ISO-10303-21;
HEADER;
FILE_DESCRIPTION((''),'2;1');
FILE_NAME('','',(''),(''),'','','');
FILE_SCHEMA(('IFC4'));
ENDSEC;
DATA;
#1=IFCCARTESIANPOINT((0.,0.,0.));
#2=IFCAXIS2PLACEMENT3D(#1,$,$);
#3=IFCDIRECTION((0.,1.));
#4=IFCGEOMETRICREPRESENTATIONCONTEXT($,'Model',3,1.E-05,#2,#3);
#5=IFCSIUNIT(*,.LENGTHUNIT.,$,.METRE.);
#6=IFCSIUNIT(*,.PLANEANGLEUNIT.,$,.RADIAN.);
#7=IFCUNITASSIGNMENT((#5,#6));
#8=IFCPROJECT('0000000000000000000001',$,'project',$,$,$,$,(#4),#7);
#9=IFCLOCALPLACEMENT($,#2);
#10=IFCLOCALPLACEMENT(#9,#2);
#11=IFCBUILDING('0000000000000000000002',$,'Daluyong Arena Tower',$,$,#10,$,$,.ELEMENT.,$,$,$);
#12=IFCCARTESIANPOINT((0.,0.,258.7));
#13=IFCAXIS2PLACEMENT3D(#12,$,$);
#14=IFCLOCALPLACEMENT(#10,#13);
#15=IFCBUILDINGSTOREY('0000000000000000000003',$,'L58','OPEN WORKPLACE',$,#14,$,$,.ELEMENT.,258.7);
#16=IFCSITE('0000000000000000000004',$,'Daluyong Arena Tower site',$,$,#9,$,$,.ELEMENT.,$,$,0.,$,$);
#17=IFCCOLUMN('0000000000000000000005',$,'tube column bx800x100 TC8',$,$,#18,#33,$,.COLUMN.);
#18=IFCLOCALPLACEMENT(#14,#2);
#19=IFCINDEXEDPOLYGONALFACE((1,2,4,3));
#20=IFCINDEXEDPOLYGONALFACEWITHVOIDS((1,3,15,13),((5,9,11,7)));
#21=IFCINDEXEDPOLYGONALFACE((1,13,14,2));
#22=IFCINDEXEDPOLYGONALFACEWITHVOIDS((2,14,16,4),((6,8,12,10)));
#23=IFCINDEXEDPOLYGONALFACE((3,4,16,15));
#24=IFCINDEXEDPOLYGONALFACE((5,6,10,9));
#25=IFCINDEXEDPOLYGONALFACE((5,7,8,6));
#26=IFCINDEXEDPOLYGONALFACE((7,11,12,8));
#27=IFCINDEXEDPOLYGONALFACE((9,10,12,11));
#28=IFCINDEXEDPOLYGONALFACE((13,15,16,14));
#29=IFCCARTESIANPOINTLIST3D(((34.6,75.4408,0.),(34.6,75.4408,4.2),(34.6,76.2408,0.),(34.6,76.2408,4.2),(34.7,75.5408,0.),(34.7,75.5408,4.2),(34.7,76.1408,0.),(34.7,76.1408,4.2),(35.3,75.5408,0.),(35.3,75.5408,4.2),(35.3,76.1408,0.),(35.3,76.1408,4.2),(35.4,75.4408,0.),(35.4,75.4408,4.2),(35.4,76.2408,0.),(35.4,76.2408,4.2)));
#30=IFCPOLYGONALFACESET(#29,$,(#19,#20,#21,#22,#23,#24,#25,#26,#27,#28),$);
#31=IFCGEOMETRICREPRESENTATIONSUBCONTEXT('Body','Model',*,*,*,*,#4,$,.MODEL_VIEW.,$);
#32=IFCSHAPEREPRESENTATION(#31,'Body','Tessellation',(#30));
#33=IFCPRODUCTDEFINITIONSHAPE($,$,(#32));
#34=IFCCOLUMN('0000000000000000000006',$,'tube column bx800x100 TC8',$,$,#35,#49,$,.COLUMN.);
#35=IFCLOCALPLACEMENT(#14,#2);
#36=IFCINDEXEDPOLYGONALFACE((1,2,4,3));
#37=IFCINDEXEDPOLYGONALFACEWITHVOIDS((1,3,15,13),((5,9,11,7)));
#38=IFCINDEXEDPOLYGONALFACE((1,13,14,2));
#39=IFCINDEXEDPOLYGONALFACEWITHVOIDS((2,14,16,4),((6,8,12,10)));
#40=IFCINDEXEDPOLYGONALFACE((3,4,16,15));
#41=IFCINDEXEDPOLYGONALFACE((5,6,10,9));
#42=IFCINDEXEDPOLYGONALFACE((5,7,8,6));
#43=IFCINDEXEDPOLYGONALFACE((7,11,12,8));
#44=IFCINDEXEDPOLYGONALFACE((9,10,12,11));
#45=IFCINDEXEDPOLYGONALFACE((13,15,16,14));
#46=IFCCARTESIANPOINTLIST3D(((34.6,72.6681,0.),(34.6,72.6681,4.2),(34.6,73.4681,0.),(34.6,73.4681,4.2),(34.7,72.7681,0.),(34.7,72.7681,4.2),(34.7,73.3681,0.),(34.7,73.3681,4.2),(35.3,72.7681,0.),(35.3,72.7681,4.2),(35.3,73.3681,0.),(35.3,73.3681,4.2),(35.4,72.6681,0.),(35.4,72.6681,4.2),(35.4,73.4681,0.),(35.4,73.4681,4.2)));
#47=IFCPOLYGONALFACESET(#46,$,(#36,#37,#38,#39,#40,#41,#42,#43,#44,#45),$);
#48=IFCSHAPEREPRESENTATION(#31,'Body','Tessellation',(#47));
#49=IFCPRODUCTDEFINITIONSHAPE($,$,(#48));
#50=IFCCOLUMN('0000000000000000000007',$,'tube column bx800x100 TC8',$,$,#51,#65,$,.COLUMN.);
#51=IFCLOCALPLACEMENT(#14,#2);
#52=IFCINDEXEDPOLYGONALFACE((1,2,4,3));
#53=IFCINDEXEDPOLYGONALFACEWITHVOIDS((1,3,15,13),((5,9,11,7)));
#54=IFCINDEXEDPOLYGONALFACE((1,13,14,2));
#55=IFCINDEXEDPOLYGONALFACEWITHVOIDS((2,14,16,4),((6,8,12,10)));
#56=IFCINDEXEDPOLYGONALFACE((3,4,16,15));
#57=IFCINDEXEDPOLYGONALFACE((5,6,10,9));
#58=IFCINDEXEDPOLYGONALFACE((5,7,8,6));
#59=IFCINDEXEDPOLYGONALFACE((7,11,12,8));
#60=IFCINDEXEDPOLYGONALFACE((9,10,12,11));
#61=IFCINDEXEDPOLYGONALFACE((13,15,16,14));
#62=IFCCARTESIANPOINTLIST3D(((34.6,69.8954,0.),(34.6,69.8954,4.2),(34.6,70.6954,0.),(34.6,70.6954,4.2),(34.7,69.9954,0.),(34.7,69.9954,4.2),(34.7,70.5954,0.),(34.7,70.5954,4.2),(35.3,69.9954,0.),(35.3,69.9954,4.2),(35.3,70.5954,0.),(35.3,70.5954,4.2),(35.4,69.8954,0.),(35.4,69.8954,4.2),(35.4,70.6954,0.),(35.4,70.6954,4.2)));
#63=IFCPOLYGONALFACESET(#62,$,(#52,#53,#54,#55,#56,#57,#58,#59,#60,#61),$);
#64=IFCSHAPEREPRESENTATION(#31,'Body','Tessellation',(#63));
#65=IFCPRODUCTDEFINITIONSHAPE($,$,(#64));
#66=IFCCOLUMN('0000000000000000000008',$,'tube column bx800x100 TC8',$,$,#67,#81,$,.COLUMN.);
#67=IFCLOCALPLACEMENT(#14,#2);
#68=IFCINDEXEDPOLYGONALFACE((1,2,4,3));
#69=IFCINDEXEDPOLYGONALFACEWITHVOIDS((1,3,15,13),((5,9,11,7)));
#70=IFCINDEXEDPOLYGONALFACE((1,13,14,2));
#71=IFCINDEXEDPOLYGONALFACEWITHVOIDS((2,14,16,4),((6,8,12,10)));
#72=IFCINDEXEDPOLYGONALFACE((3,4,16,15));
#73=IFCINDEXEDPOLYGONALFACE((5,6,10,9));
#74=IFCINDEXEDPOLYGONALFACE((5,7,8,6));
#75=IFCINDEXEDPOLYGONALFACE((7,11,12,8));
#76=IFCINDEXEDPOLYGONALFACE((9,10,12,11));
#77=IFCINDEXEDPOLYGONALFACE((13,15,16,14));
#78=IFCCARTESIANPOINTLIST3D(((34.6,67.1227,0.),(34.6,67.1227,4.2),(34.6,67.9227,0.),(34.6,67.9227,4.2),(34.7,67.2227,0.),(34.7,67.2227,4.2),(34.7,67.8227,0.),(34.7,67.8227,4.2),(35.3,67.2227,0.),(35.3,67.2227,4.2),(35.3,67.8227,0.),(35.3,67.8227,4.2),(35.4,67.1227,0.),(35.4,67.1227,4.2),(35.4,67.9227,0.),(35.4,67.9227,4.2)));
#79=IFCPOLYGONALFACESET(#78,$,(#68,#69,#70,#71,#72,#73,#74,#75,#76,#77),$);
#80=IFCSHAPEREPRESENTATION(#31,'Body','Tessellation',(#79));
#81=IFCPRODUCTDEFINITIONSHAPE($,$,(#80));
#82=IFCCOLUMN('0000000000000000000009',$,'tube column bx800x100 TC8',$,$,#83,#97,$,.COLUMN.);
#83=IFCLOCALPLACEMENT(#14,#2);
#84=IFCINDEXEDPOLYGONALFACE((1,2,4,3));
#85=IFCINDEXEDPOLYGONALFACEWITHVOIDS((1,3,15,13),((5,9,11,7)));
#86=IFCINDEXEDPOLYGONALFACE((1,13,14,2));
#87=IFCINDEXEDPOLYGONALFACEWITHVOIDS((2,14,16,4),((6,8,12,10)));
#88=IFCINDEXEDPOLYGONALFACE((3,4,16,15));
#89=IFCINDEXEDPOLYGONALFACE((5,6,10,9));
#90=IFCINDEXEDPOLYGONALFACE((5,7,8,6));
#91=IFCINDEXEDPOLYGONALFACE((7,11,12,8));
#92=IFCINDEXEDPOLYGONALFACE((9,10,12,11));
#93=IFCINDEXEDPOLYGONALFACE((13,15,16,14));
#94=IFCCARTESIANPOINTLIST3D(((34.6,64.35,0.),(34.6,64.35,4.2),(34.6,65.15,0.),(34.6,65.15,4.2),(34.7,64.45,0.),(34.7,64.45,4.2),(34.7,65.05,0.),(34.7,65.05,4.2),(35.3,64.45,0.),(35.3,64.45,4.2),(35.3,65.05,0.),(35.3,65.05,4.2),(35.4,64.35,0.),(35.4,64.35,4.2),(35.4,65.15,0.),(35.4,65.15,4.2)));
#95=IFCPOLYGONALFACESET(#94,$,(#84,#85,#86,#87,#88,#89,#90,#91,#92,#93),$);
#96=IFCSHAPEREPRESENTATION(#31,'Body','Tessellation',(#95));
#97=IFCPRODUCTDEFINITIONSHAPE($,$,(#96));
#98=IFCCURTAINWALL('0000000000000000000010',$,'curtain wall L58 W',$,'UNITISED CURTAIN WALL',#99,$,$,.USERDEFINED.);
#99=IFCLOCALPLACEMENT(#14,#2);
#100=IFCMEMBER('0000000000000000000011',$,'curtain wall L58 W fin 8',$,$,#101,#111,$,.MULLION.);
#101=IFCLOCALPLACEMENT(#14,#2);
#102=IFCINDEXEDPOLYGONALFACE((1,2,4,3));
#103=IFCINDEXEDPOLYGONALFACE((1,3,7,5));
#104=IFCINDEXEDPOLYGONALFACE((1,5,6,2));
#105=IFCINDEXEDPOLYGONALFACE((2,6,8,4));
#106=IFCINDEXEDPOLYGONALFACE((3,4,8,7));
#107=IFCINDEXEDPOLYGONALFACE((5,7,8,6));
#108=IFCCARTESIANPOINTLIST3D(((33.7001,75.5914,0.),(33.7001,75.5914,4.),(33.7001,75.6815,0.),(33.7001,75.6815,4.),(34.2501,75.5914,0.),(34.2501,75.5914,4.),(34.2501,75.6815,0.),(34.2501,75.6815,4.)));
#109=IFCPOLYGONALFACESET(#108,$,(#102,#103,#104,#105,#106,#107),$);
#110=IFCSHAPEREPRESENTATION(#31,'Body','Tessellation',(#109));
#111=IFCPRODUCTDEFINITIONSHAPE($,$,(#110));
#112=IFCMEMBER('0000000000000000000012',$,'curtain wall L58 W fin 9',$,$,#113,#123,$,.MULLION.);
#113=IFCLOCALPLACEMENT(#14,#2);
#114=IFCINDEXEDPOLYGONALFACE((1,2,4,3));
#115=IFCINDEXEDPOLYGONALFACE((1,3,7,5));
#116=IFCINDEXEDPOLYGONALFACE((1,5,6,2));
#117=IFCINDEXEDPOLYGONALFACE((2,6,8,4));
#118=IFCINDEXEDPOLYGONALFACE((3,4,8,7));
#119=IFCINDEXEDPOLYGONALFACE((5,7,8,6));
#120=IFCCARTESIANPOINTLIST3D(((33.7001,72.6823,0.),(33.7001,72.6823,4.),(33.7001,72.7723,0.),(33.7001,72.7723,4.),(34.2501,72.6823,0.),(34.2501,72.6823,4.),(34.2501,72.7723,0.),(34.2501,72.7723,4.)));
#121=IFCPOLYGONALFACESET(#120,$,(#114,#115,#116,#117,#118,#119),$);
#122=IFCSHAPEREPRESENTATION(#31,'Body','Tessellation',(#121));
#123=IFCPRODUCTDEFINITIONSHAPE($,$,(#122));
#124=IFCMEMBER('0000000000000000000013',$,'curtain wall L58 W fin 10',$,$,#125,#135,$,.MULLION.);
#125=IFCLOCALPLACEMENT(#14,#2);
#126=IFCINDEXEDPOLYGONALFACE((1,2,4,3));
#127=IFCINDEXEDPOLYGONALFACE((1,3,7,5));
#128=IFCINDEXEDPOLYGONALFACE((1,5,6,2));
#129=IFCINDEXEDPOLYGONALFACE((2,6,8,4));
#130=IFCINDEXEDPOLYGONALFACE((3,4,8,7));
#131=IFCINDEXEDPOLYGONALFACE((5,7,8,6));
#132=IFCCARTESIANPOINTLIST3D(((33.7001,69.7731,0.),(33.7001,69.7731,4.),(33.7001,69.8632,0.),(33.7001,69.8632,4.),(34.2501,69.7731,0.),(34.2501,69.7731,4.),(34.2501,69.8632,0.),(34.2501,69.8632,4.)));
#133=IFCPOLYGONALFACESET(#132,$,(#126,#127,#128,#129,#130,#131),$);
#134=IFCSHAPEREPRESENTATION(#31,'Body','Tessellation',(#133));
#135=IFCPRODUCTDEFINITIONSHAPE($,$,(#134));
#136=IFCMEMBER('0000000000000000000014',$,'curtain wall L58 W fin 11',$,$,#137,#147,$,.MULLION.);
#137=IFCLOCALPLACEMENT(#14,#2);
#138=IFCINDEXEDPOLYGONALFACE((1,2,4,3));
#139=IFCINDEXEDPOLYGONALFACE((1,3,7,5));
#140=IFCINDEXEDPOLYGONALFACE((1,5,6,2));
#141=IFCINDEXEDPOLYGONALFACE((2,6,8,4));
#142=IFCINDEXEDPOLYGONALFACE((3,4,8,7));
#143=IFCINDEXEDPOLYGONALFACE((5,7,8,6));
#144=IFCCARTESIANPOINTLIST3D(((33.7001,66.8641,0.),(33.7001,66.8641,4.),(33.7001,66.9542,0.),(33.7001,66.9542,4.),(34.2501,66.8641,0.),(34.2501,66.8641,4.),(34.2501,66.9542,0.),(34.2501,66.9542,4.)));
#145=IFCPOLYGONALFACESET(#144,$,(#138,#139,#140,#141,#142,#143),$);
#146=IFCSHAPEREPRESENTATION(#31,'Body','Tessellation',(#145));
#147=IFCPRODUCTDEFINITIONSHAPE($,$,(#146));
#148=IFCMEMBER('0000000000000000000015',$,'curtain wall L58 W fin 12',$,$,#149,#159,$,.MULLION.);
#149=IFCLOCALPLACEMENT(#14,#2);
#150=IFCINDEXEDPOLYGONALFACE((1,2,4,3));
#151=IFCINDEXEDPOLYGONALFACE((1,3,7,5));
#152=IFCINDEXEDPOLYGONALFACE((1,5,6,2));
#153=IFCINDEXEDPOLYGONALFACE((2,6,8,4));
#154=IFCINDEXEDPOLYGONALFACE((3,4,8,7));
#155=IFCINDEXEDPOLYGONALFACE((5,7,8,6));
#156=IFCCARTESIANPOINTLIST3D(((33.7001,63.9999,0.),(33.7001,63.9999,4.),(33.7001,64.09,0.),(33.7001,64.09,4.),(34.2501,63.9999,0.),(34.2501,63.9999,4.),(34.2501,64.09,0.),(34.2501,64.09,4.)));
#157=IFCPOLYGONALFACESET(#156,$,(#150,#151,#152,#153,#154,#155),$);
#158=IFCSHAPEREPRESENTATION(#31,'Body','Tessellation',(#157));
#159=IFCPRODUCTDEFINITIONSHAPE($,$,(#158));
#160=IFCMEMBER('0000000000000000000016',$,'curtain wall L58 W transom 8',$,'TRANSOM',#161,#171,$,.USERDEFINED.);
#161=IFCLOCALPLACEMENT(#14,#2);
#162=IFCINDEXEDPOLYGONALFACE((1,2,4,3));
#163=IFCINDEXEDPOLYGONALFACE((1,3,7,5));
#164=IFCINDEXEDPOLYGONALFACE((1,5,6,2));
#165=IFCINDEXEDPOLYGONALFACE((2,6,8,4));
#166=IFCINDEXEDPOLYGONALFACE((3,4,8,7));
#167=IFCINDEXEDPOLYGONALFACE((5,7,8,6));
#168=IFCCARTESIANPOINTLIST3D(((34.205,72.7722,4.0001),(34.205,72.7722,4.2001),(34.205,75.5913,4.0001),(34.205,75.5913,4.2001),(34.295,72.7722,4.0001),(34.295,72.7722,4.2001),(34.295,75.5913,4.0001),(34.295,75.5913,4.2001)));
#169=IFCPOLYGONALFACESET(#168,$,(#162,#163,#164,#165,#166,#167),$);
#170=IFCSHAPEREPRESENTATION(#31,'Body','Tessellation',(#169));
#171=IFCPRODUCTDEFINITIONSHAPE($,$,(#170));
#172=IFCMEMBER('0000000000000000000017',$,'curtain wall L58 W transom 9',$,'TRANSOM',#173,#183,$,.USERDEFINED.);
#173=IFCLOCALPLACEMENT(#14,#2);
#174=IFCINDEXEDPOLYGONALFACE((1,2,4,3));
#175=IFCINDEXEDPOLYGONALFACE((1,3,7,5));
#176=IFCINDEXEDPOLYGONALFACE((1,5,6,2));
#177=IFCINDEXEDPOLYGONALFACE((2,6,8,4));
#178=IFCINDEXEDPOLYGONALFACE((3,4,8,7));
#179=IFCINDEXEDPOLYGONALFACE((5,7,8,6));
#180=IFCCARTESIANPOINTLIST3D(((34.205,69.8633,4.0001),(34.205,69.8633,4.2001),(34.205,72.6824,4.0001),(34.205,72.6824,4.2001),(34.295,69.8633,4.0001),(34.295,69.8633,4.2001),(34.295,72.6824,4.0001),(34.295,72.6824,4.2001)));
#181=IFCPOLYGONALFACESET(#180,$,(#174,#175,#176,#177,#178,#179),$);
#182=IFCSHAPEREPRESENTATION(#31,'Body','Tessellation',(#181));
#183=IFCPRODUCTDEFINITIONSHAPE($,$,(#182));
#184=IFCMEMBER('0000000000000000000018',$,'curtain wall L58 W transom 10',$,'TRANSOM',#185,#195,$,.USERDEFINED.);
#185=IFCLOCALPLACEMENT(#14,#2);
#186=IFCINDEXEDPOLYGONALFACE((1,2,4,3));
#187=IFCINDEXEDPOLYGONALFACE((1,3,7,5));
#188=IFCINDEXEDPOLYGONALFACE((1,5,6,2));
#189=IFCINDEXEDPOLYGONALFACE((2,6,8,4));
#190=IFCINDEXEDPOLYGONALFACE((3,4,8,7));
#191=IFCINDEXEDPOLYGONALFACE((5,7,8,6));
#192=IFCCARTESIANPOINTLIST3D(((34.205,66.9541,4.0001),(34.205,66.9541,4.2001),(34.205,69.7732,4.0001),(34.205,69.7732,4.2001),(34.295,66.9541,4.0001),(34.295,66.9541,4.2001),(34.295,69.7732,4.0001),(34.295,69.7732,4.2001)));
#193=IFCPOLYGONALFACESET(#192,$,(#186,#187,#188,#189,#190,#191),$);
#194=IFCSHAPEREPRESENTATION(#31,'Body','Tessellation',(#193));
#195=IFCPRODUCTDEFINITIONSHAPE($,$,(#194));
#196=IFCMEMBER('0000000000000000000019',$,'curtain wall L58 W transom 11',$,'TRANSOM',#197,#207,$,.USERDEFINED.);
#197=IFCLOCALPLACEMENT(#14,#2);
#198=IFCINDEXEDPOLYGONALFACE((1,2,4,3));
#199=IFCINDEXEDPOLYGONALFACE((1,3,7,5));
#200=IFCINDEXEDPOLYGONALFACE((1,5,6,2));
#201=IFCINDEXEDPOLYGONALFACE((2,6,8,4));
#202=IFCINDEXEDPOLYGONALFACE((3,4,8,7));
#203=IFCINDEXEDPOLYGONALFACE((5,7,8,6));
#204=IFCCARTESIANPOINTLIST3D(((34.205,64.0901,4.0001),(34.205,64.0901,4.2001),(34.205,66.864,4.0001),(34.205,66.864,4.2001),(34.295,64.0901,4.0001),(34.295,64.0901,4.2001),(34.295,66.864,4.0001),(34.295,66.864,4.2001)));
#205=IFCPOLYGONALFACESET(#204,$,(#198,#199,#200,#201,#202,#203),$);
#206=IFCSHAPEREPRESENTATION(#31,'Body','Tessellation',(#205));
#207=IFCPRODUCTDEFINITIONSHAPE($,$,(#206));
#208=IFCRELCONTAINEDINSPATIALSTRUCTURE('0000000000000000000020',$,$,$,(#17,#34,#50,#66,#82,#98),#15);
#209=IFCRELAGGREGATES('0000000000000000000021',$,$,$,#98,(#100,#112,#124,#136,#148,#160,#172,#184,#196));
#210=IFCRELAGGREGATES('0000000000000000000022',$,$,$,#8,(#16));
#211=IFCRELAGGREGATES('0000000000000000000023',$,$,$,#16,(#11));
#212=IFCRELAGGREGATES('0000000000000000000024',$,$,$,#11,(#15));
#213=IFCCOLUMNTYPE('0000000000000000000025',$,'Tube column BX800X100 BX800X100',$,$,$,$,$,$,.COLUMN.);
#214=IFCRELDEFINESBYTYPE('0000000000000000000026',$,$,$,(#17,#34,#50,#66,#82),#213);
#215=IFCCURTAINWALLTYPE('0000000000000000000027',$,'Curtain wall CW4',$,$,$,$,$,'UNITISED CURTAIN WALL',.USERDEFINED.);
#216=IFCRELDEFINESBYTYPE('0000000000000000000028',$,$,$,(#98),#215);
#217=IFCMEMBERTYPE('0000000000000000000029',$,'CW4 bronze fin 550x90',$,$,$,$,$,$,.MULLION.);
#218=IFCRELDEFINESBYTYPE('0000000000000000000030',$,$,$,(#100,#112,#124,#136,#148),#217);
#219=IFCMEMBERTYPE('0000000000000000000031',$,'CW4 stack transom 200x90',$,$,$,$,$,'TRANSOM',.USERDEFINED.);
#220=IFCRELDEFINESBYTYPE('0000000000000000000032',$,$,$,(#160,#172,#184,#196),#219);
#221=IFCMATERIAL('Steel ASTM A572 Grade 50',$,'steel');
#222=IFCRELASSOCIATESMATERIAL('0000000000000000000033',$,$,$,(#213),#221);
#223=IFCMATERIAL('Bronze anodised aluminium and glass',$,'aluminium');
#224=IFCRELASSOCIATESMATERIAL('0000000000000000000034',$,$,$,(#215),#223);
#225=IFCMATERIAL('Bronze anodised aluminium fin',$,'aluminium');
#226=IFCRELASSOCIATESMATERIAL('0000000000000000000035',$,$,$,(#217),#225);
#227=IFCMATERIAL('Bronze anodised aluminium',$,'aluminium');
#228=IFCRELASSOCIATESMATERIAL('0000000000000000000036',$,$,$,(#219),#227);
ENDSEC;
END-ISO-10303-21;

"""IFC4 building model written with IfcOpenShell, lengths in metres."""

from ifc_helpers import new_model, si_unit, direction, frame, origin, origin_2d, place, context, subcontext, project, spatial, rectangle, hollow_rectangle, extrude, material, material_profile, profile_set, type_object, element, aggregate, save


model = new_model("IFC4")

# Units and contexts
model_context = context("Model", 3, precision=1e-05, world=origin(), true_north=direction((0.0, 1.0)))
body_context = subcontext(model_context, "Body", "Model", "MODEL_VIEW")
ifc_project = project(units=[si_unit("LENGTHUNIT", "METRE"), si_unit("PLANEANGLEUNIT", "RADIAN")], contexts=[model_context])

# Site, building, storey
site_placement = place(None, origin())
site = spatial("IfcSite", under=ifc_project, at=site_placement, Name="Daluyong Arena Tower site", CompositionType="ELEMENT", RefElevation=0.0)
building_placement = place(site_placement, origin())
building = spatial("IfcBuilding", under=site, at=building_placement, Name="Daluyong Arena Tower", CompositionType="ELEMENT")
storey_placement = place(building_placement, frame((0.0, 0.0, 258.7)))
storey = spatial("IfcBuildingStorey", under=building, at=storey_placement, Name="L58", Description="OPEN WORKPLACE", CompositionType="ELEMENT", Elevation=258.7)

# Columns
ifc_material_1 = material(Name="Steel ASTM A572 Grade 50", Category="steel")
ifc_material_profile_1 = material_profile(ifc_material_1, hollow_rectangle(XDim=0.8, YDim=0.8, WallThickness=0.1, at=origin_2d()))
ifc_profile_set_1 = profile_set([ifc_material_profile_1], Name="Steel ASTM A572 Grade 50")
column_type = type_object("IfcColumnType", Name="Tube column BX800X100 BX800X100", PredefinedType="COLUMN", material=ifc_profile_set_1)
for number, where, z_axis, x_axis, name in (
    (1, (35.0, 75.8408, 0.0), (0.0, 0.0, 1.0), (0.0, 1.0, 0.0), "tube column bx800x100 TC8"),
    (2, (35.0, 73.0681, 0.0), (0.0, 0.0, 1.0), (0.0, 1.0, 0.0), "tube column bx800x100 TC8"),
    (3, (35.0, 70.2954, 0.0), (0.0, 0.0, 1.0), (0.0, 1.0, 0.0), "tube column bx800x100 TC8"),
    (4, (35.0, 67.5227, 0.0), (0.0, 0.0, 1.0), (0.0, 1.0, 0.0), "tube column bx800x100 TC8"),
    (5, (35.0, 64.75, 0.0), (0.0, 0.0, 1.0), (1.0, 0.0, 0.0), "tube column bx800x100 TC8"),
):
    element("IfcColumn", number, at=place(storey_placement, frame(where, z_axis=z_axis, x_axis=x_axis)), inside=storey, type_object=column_type, Name=name, PredefinedType="COLUMN", context=body_context, shape_type="SweptSolid", body=[
        extrude(hollow_rectangle(XDim=0.8, YDim=0.8, WallThickness=0.1, at=origin_2d()), origin(), (0.0, 0.0, 1.0), 4.2),
    ])

# Curtain wall, members
ifc_material_2 = material(Name="Bronze anodised aluminium and glass", Category="aluminium")
curtain_wall_type_1 = type_object("IfcCurtainWallType", Name="Curtain wall CW4", ElementType="UNITISED CURTAIN WALL", PredefinedType="USERDEFINED", material=ifc_material_2)
curtain_wall_1_placement = place(storey_placement, origin())
curtain_wall_1 = element("IfcCurtainWall", 6, at=curtain_wall_1_placement, inside=storey, type_object=curtain_wall_type_1, Name="curtain wall L58 W", ObjectType="UNITISED CURTAIN WALL", PredefinedType="USERDEFINED")
ifc_material_3 = material(Name="Bronze anodised aluminium fin", Category="aluminium")
ifc_material_profile_2 = material_profile(ifc_material_3, rectangle(XDim=0.55, YDim=0.0901, at=origin_2d()))
ifc_profile_set_2 = profile_set([ifc_material_profile_2], Name="Bronze anodised aluminium fin")
member_type_1 = type_object("IfcMemberType", Name="CW4 bronze fin 550x90", PredefinedType="MULLION", material=ifc_profile_set_2)
member_1_placement = place(storey_placement, frame((33.9751, 75.6365, 0.0), z_axis=(0.0, 0.0, 1.0), x_axis=(1.0, 0.0, 0.0)))
member_1 = element("IfcMember", 7, at=member_1_placement, type_object=member_type_1, Name="curtain wall L58 W fin 8", PredefinedType="MULLION", context=body_context, shape_type="SweptSolid", body=[
    extrude(rectangle(XDim=0.55, YDim=0.0901, at=origin_2d()), origin(), (0.0, 0.0, 1.0), 4.0),
])
member_2_placement = place(storey_placement, frame((33.9751, 72.7273, 0.0), z_axis=(0.0, 0.0, 1.0), x_axis=(1.0, 0.0, 0.0)))
member_2 = element("IfcMember", 8, at=member_2_placement, type_object=member_type_1, Name="curtain wall L58 W fin 9", PredefinedType="MULLION", context=body_context, shape_type="SweptSolid", body=[
    extrude(rectangle(XDim=0.55, YDim=0.0901, at=origin_2d()), origin(), (0.0, 0.0, 1.0), 4.0),
])
member_3_placement = place(storey_placement, frame((33.9751, 69.8181, 0.0), z_axis=(0.0, 0.0, 1.0), x_axis=(1.0, 0.0, 0.0)))
member_3 = element("IfcMember", 9, at=member_3_placement, type_object=member_type_1, Name="curtain wall L58 W fin 10", PredefinedType="MULLION", context=body_context, shape_type="SweptSolid", body=[
    extrude(rectangle(XDim=0.55, YDim=0.0901, at=origin_2d()), origin(), (0.0, 0.0, 1.0), 4.0),
])
member_4_placement = place(storey_placement, frame((33.9751, 66.9092, 0.0), z_axis=(0.0, 0.0, 1.0), x_axis=(1.0, 0.0, 0.0)))
member_4 = element("IfcMember", 10, at=member_4_placement, type_object=member_type_1, Name="curtain wall L58 W fin 11", PredefinedType="MULLION", context=body_context, shape_type="SweptSolid", body=[
    extrude(rectangle(XDim=0.55, YDim=0.0901, at=origin_2d()), origin(), (0.0, 0.0, 1.0), 4.0),
])
member_5_placement = place(storey_placement, frame((33.9751, 64.0449, 0.0), z_axis=(0.0, 0.0, 1.0), x_axis=(1.0, 0.0, 0.0)))
member_5 = element("IfcMember", 11, at=member_5_placement, type_object=member_type_1, Name="curtain wall L58 W fin 12", PredefinedType="MULLION", context=body_context, shape_type="SweptSolid", body=[
    extrude(rectangle(XDim=0.55, YDim=0.0901, at=origin_2d()), origin(), (0.0, 0.0, 1.0), 4.0),
])
ifc_material_4 = material(Name="Bronze anodised aluminium", Category="aluminium")
ifc_material_profile_3 = material_profile(ifc_material_4, rectangle(XDim=0.0901, YDim=0.2, at=origin_2d()))
ifc_profile_set_3 = profile_set([ifc_material_profile_3], Name="Bronze anodised aluminium")
member_type_2 = type_object("IfcMemberType", Name="CW4 stack transom 200x90", ElementType="TRANSOM", PredefinedType="USERDEFINED", material=ifc_profile_set_3)
member_6_placement = place(storey_placement, frame((34.25, 75.5913, 4.1001), z_axis=(0.0, -1.0, 0.0), x_axis=(1.0, 0.0, 0.0)))
member_6 = element("IfcMember", 12, at=member_6_placement, type_object=member_type_2, Name="curtain wall L58 W transom 8", ObjectType="TRANSOM", PredefinedType="USERDEFINED", context=body_context, shape_type="SweptSolid", body=[
    extrude(rectangle(XDim=0.0901, YDim=0.2, at=origin_2d()), origin(), (0.0, 0.0, 1.0), 2.8191),
])
member_7_placement = place(storey_placement, frame((34.25, 72.6824, 4.1001), z_axis=(0.0, -1.0, 0.0), x_axis=(1.0, 0.0, 0.0)))
member_7 = element("IfcMember", 13, at=member_7_placement, type_object=member_type_2, Name="curtain wall L58 W transom 9", ObjectType="TRANSOM", PredefinedType="USERDEFINED", context=body_context, shape_type="SweptSolid", body=[
    extrude(rectangle(XDim=0.0901, YDim=0.2, at=origin_2d()), origin(), (0.0, 0.0, 1.0), 2.8191),
])
member_8_placement = place(storey_placement, frame((34.25, 69.7732, 4.1001), z_axis=(0.0, -1.0, 0.0), x_axis=(1.0, 0.0, 0.0)))
member_8 = element("IfcMember", 14, at=member_8_placement, type_object=member_type_2, Name="curtain wall L58 W transom 10", ObjectType="TRANSOM", PredefinedType="USERDEFINED", context=body_context, shape_type="SweptSolid", body=[
    extrude(rectangle(XDim=0.0901, YDim=0.2, at=origin_2d()), origin(), (0.0, 0.0, 1.0), 2.8191),
])
member_9_placement = place(storey_placement, frame((34.25, 66.864, 4.1001), z_axis=(0.0, -1.0, 0.0), x_axis=(1.0, 0.0, 0.0)))
member_9 = element("IfcMember", 15, at=member_9_placement, type_object=member_type_2, Name="curtain wall L58 W transom 11", ObjectType="TRANSOM", PredefinedType="USERDEFINED", context=body_context, shape_type="SweptSolid", body=[
    extrude(rectangle(XDim=0.0901, YDim=0.2, at=origin_2d()), origin(), (0.0, 0.0, 1.0), 2.7739),
])

aggregate(curtain_wall_1, [member_1, member_2, member_3, member_4, member_5, member_6, member_7, member_8, member_9])

save(model, "model.ifc")
